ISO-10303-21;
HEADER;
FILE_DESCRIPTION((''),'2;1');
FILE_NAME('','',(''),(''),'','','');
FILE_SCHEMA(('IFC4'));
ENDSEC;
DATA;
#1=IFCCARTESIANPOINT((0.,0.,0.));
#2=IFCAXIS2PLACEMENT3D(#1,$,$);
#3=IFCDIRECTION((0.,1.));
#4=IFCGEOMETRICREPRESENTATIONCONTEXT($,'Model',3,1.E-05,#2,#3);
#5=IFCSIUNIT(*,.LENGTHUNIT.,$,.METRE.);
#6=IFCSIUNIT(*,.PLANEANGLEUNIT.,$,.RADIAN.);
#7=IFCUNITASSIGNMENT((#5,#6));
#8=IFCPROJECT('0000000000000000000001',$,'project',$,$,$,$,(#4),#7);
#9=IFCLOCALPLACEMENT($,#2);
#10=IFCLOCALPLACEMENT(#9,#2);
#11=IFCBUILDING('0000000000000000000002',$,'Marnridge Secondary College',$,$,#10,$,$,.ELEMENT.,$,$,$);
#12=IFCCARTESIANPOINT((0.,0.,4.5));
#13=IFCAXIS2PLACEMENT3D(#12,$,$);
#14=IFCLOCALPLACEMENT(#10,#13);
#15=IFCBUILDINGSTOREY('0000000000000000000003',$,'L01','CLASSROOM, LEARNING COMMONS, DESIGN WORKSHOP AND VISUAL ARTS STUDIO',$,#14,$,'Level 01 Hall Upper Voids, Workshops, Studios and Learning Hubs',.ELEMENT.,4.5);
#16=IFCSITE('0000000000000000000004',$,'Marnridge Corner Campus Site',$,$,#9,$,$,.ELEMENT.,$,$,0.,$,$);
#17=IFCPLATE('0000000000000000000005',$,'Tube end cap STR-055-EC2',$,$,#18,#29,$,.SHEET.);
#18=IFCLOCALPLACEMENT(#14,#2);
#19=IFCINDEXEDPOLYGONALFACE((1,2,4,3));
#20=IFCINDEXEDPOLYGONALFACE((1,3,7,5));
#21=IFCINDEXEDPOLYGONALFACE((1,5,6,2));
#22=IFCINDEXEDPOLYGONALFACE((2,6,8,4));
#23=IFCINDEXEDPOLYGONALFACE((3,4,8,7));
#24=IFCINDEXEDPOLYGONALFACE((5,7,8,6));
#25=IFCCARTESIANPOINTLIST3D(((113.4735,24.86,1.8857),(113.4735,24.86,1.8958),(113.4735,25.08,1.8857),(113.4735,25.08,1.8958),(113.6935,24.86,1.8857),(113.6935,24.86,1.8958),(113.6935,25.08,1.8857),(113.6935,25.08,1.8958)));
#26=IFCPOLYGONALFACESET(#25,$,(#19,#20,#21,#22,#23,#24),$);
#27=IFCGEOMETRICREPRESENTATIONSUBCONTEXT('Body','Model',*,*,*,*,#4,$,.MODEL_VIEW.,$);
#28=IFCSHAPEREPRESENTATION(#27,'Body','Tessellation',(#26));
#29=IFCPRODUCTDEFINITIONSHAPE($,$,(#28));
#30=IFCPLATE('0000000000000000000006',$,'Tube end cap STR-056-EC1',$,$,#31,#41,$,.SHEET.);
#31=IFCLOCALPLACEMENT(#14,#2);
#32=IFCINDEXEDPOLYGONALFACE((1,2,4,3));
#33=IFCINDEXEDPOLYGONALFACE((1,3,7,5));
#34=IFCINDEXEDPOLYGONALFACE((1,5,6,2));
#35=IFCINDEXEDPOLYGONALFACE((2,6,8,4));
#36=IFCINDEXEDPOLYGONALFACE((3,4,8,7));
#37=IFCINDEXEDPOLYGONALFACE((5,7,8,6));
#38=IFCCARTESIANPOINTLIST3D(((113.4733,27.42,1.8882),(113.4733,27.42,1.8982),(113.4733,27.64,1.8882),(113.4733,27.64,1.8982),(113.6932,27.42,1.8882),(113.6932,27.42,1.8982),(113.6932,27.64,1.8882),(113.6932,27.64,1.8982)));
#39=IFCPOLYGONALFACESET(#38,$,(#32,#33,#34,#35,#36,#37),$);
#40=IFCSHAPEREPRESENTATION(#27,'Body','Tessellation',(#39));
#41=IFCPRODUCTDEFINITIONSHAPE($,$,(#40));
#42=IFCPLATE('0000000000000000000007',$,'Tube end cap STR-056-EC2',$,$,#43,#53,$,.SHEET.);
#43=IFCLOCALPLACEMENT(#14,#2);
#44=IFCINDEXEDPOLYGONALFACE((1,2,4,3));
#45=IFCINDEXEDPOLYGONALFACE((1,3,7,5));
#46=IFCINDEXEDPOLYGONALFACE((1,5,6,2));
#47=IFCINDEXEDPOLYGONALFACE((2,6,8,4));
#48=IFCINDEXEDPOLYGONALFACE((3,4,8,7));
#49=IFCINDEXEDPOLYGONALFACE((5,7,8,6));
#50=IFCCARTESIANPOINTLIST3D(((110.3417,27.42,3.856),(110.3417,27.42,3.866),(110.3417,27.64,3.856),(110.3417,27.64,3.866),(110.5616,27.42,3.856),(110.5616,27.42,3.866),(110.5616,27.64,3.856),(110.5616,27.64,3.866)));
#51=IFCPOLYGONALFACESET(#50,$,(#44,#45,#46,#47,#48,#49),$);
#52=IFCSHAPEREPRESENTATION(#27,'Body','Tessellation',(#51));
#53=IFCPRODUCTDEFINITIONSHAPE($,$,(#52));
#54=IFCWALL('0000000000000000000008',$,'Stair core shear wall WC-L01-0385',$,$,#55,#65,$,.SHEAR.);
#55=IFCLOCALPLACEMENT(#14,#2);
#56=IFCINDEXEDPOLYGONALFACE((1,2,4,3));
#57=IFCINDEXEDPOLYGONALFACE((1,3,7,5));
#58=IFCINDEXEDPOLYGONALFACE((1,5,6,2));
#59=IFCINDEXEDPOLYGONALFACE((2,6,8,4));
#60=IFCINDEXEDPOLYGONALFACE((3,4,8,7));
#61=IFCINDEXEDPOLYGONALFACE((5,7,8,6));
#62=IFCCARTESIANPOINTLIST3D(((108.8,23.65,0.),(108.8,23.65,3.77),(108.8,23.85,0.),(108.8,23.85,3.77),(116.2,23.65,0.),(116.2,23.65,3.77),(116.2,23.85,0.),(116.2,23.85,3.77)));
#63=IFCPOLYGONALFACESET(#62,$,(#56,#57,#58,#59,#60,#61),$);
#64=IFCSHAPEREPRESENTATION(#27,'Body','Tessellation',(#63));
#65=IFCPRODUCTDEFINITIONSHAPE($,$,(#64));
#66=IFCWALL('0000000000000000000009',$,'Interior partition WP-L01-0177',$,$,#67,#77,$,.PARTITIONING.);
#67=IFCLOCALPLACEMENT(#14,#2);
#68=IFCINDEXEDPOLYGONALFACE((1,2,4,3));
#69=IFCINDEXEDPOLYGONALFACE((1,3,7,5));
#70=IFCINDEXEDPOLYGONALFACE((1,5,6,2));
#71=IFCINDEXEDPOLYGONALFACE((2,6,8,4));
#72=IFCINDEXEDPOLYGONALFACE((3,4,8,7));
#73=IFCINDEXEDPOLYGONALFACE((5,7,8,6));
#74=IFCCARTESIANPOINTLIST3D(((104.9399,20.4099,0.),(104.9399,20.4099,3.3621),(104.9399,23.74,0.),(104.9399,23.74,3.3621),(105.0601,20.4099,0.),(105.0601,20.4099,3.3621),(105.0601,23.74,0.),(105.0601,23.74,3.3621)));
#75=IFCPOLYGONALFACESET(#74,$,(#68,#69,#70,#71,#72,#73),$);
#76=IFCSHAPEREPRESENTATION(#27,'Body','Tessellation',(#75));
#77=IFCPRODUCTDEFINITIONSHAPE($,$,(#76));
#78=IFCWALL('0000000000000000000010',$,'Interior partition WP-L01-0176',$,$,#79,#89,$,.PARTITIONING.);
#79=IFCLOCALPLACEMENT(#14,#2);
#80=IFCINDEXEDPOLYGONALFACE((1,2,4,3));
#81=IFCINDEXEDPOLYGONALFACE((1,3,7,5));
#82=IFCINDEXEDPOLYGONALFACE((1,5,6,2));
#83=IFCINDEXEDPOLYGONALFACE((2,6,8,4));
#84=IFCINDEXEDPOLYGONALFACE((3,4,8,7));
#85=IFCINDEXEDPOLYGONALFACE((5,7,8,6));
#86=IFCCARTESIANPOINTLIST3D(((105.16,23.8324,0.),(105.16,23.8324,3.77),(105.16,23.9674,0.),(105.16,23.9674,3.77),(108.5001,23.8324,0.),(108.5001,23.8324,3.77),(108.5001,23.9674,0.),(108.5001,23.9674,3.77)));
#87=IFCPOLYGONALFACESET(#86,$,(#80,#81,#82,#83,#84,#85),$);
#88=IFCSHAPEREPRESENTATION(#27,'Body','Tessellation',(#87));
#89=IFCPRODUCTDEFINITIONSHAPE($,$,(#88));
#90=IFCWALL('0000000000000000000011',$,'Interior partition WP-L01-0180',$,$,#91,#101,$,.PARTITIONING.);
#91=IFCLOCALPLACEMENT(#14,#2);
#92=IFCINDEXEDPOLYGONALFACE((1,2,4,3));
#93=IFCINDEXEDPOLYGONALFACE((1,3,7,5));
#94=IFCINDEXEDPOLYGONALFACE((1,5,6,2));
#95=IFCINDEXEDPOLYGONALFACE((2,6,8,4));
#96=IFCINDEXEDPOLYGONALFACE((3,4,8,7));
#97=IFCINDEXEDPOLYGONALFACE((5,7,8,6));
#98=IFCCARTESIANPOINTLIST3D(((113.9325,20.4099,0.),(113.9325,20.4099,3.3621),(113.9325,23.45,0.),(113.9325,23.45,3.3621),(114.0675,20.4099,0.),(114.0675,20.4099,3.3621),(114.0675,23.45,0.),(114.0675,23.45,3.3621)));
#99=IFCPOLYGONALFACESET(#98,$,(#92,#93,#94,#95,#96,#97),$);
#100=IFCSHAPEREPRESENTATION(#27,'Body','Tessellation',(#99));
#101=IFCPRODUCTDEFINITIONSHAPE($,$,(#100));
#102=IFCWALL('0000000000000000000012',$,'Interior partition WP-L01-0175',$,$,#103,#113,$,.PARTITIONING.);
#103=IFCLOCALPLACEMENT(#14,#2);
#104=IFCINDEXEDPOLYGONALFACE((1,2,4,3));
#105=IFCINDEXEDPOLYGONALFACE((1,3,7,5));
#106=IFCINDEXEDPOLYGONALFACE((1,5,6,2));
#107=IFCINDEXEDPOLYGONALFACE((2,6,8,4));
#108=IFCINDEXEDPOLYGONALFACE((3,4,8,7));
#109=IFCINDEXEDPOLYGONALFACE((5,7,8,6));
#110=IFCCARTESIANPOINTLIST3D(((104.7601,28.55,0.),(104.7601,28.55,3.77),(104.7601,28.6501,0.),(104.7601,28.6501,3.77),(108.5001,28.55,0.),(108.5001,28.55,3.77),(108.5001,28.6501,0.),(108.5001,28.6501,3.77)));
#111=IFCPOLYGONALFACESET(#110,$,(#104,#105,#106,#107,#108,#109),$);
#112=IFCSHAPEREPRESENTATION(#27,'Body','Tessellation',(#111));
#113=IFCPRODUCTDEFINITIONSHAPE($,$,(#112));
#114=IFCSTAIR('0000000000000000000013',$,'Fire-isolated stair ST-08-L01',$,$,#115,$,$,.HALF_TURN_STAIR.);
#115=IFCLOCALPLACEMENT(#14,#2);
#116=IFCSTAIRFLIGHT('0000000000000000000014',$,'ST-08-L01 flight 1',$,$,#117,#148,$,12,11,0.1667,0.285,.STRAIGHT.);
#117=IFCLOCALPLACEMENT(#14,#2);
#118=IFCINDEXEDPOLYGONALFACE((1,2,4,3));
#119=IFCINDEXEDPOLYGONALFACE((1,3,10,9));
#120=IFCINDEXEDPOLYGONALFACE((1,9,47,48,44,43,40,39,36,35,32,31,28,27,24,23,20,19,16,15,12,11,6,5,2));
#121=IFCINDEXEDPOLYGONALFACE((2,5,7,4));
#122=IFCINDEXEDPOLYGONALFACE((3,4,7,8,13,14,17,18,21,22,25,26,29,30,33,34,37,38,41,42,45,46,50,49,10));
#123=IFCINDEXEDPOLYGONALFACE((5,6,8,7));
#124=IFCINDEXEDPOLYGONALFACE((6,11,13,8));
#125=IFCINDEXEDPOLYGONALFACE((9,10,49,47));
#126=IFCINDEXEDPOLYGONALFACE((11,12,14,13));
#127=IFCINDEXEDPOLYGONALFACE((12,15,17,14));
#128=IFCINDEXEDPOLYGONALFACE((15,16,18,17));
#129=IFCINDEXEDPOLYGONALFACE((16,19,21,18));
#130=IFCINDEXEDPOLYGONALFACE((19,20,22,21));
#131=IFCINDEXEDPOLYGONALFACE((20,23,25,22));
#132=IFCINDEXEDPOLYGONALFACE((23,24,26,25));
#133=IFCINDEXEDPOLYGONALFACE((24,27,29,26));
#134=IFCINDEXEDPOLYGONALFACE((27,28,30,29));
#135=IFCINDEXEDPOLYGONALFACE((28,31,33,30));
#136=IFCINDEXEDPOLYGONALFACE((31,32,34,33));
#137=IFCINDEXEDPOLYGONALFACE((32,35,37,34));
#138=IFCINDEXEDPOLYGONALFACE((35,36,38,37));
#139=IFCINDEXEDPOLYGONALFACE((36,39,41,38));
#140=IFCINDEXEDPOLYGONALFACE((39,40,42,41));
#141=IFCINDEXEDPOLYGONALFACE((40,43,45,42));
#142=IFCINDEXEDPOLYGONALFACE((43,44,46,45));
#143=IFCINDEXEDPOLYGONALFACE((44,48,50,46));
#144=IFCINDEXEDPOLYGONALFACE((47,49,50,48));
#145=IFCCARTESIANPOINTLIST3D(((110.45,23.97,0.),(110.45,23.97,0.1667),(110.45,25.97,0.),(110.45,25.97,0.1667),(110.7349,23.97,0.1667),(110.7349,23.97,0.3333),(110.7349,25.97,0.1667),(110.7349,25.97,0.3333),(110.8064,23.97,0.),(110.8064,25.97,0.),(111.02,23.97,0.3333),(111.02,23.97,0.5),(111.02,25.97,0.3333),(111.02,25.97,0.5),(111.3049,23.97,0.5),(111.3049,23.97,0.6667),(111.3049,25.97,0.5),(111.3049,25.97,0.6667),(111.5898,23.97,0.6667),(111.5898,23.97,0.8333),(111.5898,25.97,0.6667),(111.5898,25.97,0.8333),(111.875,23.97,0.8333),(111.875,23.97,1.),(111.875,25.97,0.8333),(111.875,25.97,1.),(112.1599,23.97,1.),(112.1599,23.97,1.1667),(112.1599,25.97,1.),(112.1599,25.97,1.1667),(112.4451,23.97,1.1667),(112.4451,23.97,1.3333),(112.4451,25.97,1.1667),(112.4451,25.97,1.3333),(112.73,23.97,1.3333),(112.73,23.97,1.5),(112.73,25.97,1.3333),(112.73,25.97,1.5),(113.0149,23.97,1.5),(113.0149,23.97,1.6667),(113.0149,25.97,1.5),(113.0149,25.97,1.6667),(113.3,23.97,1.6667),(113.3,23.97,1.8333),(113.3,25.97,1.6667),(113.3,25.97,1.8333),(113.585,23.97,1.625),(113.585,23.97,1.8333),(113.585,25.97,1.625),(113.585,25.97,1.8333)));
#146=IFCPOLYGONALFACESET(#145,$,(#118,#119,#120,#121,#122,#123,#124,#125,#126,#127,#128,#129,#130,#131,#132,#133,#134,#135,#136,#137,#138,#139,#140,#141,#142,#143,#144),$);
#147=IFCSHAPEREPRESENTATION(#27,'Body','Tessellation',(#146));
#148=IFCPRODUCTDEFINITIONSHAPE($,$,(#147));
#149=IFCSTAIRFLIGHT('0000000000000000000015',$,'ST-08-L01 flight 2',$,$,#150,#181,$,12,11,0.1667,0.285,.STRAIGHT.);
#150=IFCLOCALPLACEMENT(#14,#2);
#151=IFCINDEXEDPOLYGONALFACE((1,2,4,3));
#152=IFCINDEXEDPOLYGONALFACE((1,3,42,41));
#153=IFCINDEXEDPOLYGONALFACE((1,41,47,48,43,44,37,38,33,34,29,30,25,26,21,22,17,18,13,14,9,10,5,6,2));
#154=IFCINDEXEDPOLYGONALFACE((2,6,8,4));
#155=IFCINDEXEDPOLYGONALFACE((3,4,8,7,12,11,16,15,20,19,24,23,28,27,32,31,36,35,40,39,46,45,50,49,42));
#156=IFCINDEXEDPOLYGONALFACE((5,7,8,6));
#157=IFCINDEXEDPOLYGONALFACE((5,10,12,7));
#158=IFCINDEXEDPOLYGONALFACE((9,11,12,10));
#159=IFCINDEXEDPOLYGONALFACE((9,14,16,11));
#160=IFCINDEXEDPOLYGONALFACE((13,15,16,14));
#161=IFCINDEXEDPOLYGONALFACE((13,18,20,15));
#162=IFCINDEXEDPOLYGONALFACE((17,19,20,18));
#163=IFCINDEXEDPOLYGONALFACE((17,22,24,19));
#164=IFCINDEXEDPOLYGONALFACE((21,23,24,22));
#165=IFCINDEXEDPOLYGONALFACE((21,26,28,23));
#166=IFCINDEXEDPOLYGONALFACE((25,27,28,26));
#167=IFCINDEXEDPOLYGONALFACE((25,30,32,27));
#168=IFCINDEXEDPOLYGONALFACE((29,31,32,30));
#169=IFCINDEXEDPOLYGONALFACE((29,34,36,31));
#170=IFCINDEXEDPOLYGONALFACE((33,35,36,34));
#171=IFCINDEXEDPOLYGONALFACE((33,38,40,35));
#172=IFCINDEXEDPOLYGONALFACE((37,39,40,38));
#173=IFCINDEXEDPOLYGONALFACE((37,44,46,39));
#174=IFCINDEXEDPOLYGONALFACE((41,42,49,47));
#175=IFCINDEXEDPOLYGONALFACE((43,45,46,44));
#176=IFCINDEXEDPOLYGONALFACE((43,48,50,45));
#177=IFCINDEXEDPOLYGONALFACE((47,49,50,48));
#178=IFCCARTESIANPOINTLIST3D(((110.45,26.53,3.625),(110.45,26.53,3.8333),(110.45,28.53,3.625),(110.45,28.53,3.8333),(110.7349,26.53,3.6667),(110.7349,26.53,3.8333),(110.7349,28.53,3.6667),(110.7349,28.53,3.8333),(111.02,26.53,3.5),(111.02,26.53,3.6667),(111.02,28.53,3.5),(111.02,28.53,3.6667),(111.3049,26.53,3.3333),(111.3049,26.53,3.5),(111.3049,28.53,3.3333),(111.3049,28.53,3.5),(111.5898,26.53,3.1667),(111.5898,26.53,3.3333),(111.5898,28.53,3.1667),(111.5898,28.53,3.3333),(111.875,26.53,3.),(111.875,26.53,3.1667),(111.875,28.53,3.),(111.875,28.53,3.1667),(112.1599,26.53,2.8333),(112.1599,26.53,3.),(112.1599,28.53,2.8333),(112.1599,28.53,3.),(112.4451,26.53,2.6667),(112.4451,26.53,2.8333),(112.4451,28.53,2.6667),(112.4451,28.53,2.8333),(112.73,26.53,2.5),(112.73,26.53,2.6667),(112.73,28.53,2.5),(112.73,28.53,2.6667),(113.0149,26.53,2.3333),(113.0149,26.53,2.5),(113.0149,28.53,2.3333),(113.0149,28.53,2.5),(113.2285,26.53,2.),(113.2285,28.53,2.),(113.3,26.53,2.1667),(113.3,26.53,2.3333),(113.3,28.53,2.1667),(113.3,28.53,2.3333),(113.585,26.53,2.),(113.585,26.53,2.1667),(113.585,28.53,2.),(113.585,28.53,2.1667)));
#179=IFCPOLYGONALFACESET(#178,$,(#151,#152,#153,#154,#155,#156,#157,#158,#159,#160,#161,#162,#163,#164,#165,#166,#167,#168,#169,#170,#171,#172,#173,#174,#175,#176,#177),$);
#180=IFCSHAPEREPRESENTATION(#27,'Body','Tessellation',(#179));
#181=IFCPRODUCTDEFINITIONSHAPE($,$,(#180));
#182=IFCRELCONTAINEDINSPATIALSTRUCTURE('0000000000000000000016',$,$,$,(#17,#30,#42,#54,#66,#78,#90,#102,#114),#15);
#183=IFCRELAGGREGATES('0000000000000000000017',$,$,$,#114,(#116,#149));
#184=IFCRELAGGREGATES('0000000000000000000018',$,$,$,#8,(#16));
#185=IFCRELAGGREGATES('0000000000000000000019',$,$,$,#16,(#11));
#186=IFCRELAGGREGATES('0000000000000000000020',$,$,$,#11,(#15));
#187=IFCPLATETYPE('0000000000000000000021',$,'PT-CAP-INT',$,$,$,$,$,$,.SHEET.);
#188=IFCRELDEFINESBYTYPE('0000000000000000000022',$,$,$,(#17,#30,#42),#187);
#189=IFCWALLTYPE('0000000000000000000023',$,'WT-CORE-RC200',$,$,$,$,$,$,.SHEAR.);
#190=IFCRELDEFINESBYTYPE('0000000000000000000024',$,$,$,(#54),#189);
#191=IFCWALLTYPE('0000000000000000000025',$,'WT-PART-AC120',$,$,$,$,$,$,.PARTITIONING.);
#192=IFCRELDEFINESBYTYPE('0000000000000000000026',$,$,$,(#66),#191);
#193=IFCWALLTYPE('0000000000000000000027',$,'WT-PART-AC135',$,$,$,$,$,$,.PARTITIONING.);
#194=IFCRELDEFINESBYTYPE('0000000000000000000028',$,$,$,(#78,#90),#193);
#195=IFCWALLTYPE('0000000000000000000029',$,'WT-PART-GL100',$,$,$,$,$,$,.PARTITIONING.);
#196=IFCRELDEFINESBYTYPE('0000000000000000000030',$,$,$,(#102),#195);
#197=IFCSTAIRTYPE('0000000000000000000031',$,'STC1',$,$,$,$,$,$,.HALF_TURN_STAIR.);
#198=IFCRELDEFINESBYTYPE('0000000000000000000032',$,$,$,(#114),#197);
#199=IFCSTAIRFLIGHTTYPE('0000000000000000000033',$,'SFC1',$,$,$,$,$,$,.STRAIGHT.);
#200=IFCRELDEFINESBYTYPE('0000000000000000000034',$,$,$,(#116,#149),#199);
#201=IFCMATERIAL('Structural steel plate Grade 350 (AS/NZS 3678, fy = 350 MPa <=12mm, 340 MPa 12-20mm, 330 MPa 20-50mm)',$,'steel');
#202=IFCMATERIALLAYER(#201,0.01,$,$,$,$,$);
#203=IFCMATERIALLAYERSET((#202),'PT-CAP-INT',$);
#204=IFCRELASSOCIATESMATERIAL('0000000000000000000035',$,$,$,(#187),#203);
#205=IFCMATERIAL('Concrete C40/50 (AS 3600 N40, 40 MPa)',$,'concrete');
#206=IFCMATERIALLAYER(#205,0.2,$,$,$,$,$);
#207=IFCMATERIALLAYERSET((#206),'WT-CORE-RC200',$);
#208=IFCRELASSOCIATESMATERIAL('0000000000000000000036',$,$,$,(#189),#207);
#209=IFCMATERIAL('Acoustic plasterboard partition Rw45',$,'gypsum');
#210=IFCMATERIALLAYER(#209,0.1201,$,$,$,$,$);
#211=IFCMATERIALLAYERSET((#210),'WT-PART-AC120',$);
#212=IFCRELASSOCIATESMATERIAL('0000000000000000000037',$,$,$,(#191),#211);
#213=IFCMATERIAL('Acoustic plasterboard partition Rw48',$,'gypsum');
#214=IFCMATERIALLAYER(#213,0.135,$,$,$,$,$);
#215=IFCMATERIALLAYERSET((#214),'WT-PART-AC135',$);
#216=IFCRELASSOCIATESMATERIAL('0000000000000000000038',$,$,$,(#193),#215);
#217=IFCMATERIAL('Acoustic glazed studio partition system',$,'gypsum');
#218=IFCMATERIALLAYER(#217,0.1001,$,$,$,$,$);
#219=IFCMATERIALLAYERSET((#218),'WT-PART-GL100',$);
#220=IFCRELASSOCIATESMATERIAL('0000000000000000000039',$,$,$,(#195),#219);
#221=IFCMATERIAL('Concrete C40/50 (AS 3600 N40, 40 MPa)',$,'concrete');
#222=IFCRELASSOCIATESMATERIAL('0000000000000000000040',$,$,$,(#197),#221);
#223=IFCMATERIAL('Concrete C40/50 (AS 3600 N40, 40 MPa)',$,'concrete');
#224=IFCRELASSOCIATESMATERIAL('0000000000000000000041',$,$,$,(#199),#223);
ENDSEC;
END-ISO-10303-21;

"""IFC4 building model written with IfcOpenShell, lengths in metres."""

from ifc_helpers import new_model, si_unit, direction, frame, frame_2d, origin, origin_2d, place, context, subcontext, project, spatial, polyline, rectangle, outline, extrude, material, layer, layer_set, type_object, element, aggregate, save


model = new_model("IFC4")

# Units and contexts
model_context = context("Model", 3, precision=1e-05, world=origin(), true_north=direction((0.0, 1.0)))
body_context = subcontext(model_context, "Body", "Model", "MODEL_VIEW")
ifc_project = project(units=[si_unit("LENGTHUNIT", "METRE"), si_unit("PLANEANGLEUNIT", "RADIAN")], contexts=[model_context])

# Site, building, storey
site_placement = place(None, origin())
site = spatial("IfcSite", under=ifc_project, at=site_placement, Name="Marnridge Corner Campus Site", CompositionType="ELEMENT", RefElevation=0.0)
building_placement = place(site_placement, origin())
building = spatial("IfcBuilding", under=site, at=building_placement, Name="Marnridge Secondary College", CompositionType="ELEMENT")
storey_placement = place(building_placement, frame((0.0, 0.0, 4.5)))
storey = spatial("IfcBuildingStorey", under=building, at=storey_placement, Name="L01", Description="CLASSROOM, LEARNING COMMONS, DESIGN WORKSHOP AND VISUAL ARTS STUDIO", LongName="Level 01 Hall Upper Voids, Workshops, Studios and Learning Hubs", CompositionType="ELEMENT", Elevation=4.5)

# Plates
ifc_material_1 = material(Name="Structural steel plate Grade 350 (AS/NZS 3678, fy = 350 MPa <=12mm, 340 MPa 12-20mm, 330 MPa 20-50mm)", Category="steel")
ifc_layer_1 = layer(ifc_material_1, 0.01)
ifc_layer_set_1 = layer_set([ifc_layer_1], Name="PT-CAP-INT")
plate_type = type_object("IfcPlateType", Name="PT-CAP-INT", PredefinedType="SHEET", material=ifc_layer_set_1)
for number, where, z_axis, x_axis, name in (
    (1, (113.5835, 24.97, 1.8857), (0.0, 0.0, 1.0), (1.0, 0.0, 0.0), "Tube end cap STR-055-EC2"),
    (2, (113.5833, 27.53, 1.8882), (0.0, 0.0, 1.0), (-1.0, 0.0, 0.0), "Tube end cap STR-056-EC1"),
    (3, (110.4517, 27.53, 3.856), (0.0, 0.0, 1.0), (-1.0, 0.0, 0.0), "Tube end cap STR-056-EC2"),
):
    element("IfcPlate", number, at=place(storey_placement, frame(where, z_axis=z_axis, x_axis=x_axis)), inside=storey, type_object=plate_type, Name=name, PredefinedType="SHEET", context=body_context, shape_type="SweptSolid", body=[
        extrude(rectangle(XDim=0.22, YDim=0.22, at=origin_2d()), origin(), (0.0, 0.0, 1.0), 0.01),
    ])

# Wall
ifc_material_2 = material(Name="Concrete C40/50 (AS 3600 N40, 40 MPa)", Category="concrete")
ifc_layer_2 = layer(ifc_material_2, 0.2)
ifc_layer_set_2 = layer_set([ifc_layer_2], Name="WT-CORE-RC200")
wall_type_1 = type_object("IfcWallType", Name="WT-CORE-RC200", PredefinedType="SHEAR", material=ifc_layer_set_2)
wall_1_placement = place(storey_placement, frame((108.8, 23.75, 0.0), z_axis=(0.0, 0.0, 1.0), x_axis=(1.0, 0.0, 0.0)))
element("IfcWall", 4, at=wall_1_placement, inside=storey, type_object=wall_type_1, Name="Stair core shear wall WC-L01-0385", PredefinedType="SHEAR", context=body_context, shape_type="SweptSolid", body=[
    extrude(rectangle(XDim=7.3999, YDim=0.2, at=frame_2d((3.7, 0.0))), origin(), (0.0, 0.0, 1.0), 3.77),
])

# Walls
ifc_material_3 = material(Name="Acoustic plasterboard partition Rw45", Category="gypsum")
ifc_layer_3 = layer(ifc_material_3, 0.1201)
ifc_layer_set_3 = layer_set([ifc_layer_3], Name="WT-PART-AC120")
wall_type_2 = type_object("IfcWallType", Name="WT-PART-AC120", PredefinedType="PARTITIONING", material=ifc_layer_set_3)
wall_2_placement = place(storey_placement, frame((105.0, 23.74, 0.0), z_axis=(0.0, 0.0, 1.0), x_axis=(0.0, -1.0, 0.0)))
element("IfcWall", 5, at=wall_2_placement, inside=storey, type_object=wall_type_2, Name="Interior partition WP-L01-0177", PredefinedType="PARTITIONING", context=body_context, shape_type="SweptSolid", body=[
    extrude(rectangle(XDim=3.3301, YDim=0.1201, at=frame_2d((1.665, 0.0))), origin(), (0.0, 0.0, 1.0), 3.3621),
])
ifc_material_4 = material(Name="Acoustic plasterboard partition Rw48", Category="gypsum")
ifc_layer_4 = layer(ifc_material_4, 0.135)
ifc_layer_set_4 = layer_set([ifc_layer_4], Name="WT-PART-AC135")
wall_type_3 = type_object("IfcWallType", Name="WT-PART-AC135", PredefinedType="PARTITIONING", material=ifc_layer_set_4)
wall_3_placement = place(storey_placement, frame((108.5, 23.8999, 0.0), z_axis=(0.0, 0.0, 1.0), x_axis=(-1.0, 0.0, 0.0)))
element("IfcWall", 6, at=wall_3_placement, inside=storey, type_object=wall_type_3, Name="Interior partition WP-L01-0176", PredefinedType="PARTITIONING", context=body_context, shape_type="SweptSolid", body=[
    extrude(rectangle(XDim=3.3401, YDim=0.135, at=frame_2d((1.6699, 0.0))), origin(), (0.0, 0.0, 1.0), 3.77),
])
wall_4_placement = place(storey_placement, frame((114.0, 23.45, 0.0), z_axis=(0.0, 0.0, 1.0), x_axis=(0.0, -1.0, 0.0)))
element("IfcWall", 7, at=wall_4_placement, inside=storey, type_object=wall_type_3, Name="Interior partition WP-L01-0180", PredefinedType="PARTITIONING", context=body_context, shape_type="SweptSolid", body=[
    extrude(rectangle(XDim=3.04, YDim=0.135, at=frame_2d((1.52, 0.0))), origin(), (0.0, 0.0, 1.0), 3.3621),
])
ifc_material_5 = material(Name="Acoustic glazed studio partition system", Category="gypsum")
ifc_layer_5 = layer(ifc_material_5, 0.1001)
ifc_layer_set_5 = layer_set([ifc_layer_5], Name="WT-PART-GL100")
wall_type_4 = type_object("IfcWallType", Name="WT-PART-GL100", PredefinedType="PARTITIONING", material=ifc_layer_set_5)
wall_5_placement = place(storey_placement, frame((104.76, 28.6001, 0.0), z_axis=(0.0, 0.0, 1.0), x_axis=(1.0, 0.0, 0.0)))
element("IfcWall", 8, at=wall_5_placement, inside=storey, type_object=wall_type_4, Name="Interior partition WP-L01-0175", PredefinedType="PARTITIONING", context=body_context, shape_type="SweptSolid", body=[
    extrude(rectangle(XDim=3.74, YDim=0.1001, at=frame_2d((1.8701, 0.0))), origin(), (0.0, 0.0, 1.0), 3.77),
])

# Stair, stair flights
ifc_material_6 = material(Name="Concrete C40/50 (AS 3600 N40, 40 MPa)", Category="concrete")
stair_type = type_object("IfcStairType", Name="STC1", PredefinedType="HALF_TURN_STAIR", material=ifc_material_6)
stair_placement = place(storey_placement, origin())
stair = element("IfcStair", 9, at=stair_placement, inside=storey, type_object=stair_type, Name="Fire-isolated stair ST-08-L01", PredefinedType="HALF_TURN_STAIR")
ifc_material_7 = material(Name="Concrete C40/50 (AS 3600 N40, 40 MPa)", Category="concrete")
stair_flight_type = type_object("IfcStairFlightType", Name="SFC1", PredefinedType="STRAIGHT", material=ifc_material_7)
stair_flight_1_placement = place(storey_placement, frame((110.45, 24.97, 0.0), z_axis=(0.0, 0.0, 1.0), x_axis=(1.0, 0.0, 0.0)))
stair_flight_1 = element("IfcStairFlight", 10, at=stair_flight_1_placement, type_object=stair_flight_type, Name="ST-08-L01 flight 1", NumberOfRisers=12, NumberOfTreads=11, PredefinedType="STRAIGHT", RiserHeight=0.1667, TreadLength=0.285, context=body_context, shape_type="SweptSolid", body=[
    extrude(outline(polyline([(0.0, 0.0), (0.0, 0.1667), (0.2849, 0.1667), (0.2849, 0.3333), (0.5701, 0.3333), (0.5701, 0.5), (0.855, 0.5), (0.855, 0.6667), (1.1399, 0.6667), (1.1399, 0.8333), (1.425, 0.8333), (1.425, 1.0), (1.71, 1.0), (1.71, 1.1667), (1.9951, 1.1667), (1.9951, 1.3333), (2.28, 1.3333), (2.28, 1.5), (2.5649, 1.5), (2.5649, 1.6667), (2.8501, 1.6667), (2.8501, 1.8333), (3.135, 1.8333), (3.135, 2.0), (3.135, 1.625), (0.3564, 0.0), (0.0, 0.0)])), frame((0.0, 1.0, 0.0), z_axis=(0.0, -1.0, 0.0), x_axis=(1.0, 0.0, 0.0)), (0.0, 0.0, 1.0), 2.0),
])
stair_flight_2_placement = place(storey_placement, frame((113.585, 27.53, 2.0), z_axis=(0.0, 0.0, 1.0), x_axis=(-1.0, 0.0, 0.0)))
stair_flight_2 = element("IfcStairFlight", 11, at=stair_flight_2_placement, type_object=stair_flight_type, Name="ST-08-L01 flight 2", NumberOfRisers=12, NumberOfTreads=11, PredefinedType="STRAIGHT", RiserHeight=0.1667, TreadLength=0.285, context=body_context, shape_type="SweptSolid", body=[
    extrude(outline(polyline([(0.0, 0.0), (0.0, 0.1667), (0.2849, 0.1667), (0.2849, 0.3333), (0.5701, 0.3333), (0.5701, 0.5), (0.855, 0.5), (0.855, 0.6667), (1.1399, 0.6667), (1.1399, 0.8333), (1.425, 0.8333), (1.425, 1.0), (1.71, 1.0), (1.71, 1.1667), (1.9951, 1.1667), (1.9951, 1.3333), (2.28, 1.3333), (2.28, 1.5), (2.5649, 1.5), (2.5649, 1.6667), (2.8501, 1.6667), (2.8501, 1.8333), (3.135, 1.8333), (3.135, 2.0), (3.135, 1.625), (0.3564, 0.0), (0.0, 0.0)])), frame((0.0, 1.0, 0.0), z_axis=(0.0, -1.0, 0.0), x_axis=(1.0, 0.0, 0.0)), (0.0, 0.0, 1.0), 2.0),
])
aggregate(stair, [stair_flight_1, stair_flight_2])

save(model, "model.ifc")
